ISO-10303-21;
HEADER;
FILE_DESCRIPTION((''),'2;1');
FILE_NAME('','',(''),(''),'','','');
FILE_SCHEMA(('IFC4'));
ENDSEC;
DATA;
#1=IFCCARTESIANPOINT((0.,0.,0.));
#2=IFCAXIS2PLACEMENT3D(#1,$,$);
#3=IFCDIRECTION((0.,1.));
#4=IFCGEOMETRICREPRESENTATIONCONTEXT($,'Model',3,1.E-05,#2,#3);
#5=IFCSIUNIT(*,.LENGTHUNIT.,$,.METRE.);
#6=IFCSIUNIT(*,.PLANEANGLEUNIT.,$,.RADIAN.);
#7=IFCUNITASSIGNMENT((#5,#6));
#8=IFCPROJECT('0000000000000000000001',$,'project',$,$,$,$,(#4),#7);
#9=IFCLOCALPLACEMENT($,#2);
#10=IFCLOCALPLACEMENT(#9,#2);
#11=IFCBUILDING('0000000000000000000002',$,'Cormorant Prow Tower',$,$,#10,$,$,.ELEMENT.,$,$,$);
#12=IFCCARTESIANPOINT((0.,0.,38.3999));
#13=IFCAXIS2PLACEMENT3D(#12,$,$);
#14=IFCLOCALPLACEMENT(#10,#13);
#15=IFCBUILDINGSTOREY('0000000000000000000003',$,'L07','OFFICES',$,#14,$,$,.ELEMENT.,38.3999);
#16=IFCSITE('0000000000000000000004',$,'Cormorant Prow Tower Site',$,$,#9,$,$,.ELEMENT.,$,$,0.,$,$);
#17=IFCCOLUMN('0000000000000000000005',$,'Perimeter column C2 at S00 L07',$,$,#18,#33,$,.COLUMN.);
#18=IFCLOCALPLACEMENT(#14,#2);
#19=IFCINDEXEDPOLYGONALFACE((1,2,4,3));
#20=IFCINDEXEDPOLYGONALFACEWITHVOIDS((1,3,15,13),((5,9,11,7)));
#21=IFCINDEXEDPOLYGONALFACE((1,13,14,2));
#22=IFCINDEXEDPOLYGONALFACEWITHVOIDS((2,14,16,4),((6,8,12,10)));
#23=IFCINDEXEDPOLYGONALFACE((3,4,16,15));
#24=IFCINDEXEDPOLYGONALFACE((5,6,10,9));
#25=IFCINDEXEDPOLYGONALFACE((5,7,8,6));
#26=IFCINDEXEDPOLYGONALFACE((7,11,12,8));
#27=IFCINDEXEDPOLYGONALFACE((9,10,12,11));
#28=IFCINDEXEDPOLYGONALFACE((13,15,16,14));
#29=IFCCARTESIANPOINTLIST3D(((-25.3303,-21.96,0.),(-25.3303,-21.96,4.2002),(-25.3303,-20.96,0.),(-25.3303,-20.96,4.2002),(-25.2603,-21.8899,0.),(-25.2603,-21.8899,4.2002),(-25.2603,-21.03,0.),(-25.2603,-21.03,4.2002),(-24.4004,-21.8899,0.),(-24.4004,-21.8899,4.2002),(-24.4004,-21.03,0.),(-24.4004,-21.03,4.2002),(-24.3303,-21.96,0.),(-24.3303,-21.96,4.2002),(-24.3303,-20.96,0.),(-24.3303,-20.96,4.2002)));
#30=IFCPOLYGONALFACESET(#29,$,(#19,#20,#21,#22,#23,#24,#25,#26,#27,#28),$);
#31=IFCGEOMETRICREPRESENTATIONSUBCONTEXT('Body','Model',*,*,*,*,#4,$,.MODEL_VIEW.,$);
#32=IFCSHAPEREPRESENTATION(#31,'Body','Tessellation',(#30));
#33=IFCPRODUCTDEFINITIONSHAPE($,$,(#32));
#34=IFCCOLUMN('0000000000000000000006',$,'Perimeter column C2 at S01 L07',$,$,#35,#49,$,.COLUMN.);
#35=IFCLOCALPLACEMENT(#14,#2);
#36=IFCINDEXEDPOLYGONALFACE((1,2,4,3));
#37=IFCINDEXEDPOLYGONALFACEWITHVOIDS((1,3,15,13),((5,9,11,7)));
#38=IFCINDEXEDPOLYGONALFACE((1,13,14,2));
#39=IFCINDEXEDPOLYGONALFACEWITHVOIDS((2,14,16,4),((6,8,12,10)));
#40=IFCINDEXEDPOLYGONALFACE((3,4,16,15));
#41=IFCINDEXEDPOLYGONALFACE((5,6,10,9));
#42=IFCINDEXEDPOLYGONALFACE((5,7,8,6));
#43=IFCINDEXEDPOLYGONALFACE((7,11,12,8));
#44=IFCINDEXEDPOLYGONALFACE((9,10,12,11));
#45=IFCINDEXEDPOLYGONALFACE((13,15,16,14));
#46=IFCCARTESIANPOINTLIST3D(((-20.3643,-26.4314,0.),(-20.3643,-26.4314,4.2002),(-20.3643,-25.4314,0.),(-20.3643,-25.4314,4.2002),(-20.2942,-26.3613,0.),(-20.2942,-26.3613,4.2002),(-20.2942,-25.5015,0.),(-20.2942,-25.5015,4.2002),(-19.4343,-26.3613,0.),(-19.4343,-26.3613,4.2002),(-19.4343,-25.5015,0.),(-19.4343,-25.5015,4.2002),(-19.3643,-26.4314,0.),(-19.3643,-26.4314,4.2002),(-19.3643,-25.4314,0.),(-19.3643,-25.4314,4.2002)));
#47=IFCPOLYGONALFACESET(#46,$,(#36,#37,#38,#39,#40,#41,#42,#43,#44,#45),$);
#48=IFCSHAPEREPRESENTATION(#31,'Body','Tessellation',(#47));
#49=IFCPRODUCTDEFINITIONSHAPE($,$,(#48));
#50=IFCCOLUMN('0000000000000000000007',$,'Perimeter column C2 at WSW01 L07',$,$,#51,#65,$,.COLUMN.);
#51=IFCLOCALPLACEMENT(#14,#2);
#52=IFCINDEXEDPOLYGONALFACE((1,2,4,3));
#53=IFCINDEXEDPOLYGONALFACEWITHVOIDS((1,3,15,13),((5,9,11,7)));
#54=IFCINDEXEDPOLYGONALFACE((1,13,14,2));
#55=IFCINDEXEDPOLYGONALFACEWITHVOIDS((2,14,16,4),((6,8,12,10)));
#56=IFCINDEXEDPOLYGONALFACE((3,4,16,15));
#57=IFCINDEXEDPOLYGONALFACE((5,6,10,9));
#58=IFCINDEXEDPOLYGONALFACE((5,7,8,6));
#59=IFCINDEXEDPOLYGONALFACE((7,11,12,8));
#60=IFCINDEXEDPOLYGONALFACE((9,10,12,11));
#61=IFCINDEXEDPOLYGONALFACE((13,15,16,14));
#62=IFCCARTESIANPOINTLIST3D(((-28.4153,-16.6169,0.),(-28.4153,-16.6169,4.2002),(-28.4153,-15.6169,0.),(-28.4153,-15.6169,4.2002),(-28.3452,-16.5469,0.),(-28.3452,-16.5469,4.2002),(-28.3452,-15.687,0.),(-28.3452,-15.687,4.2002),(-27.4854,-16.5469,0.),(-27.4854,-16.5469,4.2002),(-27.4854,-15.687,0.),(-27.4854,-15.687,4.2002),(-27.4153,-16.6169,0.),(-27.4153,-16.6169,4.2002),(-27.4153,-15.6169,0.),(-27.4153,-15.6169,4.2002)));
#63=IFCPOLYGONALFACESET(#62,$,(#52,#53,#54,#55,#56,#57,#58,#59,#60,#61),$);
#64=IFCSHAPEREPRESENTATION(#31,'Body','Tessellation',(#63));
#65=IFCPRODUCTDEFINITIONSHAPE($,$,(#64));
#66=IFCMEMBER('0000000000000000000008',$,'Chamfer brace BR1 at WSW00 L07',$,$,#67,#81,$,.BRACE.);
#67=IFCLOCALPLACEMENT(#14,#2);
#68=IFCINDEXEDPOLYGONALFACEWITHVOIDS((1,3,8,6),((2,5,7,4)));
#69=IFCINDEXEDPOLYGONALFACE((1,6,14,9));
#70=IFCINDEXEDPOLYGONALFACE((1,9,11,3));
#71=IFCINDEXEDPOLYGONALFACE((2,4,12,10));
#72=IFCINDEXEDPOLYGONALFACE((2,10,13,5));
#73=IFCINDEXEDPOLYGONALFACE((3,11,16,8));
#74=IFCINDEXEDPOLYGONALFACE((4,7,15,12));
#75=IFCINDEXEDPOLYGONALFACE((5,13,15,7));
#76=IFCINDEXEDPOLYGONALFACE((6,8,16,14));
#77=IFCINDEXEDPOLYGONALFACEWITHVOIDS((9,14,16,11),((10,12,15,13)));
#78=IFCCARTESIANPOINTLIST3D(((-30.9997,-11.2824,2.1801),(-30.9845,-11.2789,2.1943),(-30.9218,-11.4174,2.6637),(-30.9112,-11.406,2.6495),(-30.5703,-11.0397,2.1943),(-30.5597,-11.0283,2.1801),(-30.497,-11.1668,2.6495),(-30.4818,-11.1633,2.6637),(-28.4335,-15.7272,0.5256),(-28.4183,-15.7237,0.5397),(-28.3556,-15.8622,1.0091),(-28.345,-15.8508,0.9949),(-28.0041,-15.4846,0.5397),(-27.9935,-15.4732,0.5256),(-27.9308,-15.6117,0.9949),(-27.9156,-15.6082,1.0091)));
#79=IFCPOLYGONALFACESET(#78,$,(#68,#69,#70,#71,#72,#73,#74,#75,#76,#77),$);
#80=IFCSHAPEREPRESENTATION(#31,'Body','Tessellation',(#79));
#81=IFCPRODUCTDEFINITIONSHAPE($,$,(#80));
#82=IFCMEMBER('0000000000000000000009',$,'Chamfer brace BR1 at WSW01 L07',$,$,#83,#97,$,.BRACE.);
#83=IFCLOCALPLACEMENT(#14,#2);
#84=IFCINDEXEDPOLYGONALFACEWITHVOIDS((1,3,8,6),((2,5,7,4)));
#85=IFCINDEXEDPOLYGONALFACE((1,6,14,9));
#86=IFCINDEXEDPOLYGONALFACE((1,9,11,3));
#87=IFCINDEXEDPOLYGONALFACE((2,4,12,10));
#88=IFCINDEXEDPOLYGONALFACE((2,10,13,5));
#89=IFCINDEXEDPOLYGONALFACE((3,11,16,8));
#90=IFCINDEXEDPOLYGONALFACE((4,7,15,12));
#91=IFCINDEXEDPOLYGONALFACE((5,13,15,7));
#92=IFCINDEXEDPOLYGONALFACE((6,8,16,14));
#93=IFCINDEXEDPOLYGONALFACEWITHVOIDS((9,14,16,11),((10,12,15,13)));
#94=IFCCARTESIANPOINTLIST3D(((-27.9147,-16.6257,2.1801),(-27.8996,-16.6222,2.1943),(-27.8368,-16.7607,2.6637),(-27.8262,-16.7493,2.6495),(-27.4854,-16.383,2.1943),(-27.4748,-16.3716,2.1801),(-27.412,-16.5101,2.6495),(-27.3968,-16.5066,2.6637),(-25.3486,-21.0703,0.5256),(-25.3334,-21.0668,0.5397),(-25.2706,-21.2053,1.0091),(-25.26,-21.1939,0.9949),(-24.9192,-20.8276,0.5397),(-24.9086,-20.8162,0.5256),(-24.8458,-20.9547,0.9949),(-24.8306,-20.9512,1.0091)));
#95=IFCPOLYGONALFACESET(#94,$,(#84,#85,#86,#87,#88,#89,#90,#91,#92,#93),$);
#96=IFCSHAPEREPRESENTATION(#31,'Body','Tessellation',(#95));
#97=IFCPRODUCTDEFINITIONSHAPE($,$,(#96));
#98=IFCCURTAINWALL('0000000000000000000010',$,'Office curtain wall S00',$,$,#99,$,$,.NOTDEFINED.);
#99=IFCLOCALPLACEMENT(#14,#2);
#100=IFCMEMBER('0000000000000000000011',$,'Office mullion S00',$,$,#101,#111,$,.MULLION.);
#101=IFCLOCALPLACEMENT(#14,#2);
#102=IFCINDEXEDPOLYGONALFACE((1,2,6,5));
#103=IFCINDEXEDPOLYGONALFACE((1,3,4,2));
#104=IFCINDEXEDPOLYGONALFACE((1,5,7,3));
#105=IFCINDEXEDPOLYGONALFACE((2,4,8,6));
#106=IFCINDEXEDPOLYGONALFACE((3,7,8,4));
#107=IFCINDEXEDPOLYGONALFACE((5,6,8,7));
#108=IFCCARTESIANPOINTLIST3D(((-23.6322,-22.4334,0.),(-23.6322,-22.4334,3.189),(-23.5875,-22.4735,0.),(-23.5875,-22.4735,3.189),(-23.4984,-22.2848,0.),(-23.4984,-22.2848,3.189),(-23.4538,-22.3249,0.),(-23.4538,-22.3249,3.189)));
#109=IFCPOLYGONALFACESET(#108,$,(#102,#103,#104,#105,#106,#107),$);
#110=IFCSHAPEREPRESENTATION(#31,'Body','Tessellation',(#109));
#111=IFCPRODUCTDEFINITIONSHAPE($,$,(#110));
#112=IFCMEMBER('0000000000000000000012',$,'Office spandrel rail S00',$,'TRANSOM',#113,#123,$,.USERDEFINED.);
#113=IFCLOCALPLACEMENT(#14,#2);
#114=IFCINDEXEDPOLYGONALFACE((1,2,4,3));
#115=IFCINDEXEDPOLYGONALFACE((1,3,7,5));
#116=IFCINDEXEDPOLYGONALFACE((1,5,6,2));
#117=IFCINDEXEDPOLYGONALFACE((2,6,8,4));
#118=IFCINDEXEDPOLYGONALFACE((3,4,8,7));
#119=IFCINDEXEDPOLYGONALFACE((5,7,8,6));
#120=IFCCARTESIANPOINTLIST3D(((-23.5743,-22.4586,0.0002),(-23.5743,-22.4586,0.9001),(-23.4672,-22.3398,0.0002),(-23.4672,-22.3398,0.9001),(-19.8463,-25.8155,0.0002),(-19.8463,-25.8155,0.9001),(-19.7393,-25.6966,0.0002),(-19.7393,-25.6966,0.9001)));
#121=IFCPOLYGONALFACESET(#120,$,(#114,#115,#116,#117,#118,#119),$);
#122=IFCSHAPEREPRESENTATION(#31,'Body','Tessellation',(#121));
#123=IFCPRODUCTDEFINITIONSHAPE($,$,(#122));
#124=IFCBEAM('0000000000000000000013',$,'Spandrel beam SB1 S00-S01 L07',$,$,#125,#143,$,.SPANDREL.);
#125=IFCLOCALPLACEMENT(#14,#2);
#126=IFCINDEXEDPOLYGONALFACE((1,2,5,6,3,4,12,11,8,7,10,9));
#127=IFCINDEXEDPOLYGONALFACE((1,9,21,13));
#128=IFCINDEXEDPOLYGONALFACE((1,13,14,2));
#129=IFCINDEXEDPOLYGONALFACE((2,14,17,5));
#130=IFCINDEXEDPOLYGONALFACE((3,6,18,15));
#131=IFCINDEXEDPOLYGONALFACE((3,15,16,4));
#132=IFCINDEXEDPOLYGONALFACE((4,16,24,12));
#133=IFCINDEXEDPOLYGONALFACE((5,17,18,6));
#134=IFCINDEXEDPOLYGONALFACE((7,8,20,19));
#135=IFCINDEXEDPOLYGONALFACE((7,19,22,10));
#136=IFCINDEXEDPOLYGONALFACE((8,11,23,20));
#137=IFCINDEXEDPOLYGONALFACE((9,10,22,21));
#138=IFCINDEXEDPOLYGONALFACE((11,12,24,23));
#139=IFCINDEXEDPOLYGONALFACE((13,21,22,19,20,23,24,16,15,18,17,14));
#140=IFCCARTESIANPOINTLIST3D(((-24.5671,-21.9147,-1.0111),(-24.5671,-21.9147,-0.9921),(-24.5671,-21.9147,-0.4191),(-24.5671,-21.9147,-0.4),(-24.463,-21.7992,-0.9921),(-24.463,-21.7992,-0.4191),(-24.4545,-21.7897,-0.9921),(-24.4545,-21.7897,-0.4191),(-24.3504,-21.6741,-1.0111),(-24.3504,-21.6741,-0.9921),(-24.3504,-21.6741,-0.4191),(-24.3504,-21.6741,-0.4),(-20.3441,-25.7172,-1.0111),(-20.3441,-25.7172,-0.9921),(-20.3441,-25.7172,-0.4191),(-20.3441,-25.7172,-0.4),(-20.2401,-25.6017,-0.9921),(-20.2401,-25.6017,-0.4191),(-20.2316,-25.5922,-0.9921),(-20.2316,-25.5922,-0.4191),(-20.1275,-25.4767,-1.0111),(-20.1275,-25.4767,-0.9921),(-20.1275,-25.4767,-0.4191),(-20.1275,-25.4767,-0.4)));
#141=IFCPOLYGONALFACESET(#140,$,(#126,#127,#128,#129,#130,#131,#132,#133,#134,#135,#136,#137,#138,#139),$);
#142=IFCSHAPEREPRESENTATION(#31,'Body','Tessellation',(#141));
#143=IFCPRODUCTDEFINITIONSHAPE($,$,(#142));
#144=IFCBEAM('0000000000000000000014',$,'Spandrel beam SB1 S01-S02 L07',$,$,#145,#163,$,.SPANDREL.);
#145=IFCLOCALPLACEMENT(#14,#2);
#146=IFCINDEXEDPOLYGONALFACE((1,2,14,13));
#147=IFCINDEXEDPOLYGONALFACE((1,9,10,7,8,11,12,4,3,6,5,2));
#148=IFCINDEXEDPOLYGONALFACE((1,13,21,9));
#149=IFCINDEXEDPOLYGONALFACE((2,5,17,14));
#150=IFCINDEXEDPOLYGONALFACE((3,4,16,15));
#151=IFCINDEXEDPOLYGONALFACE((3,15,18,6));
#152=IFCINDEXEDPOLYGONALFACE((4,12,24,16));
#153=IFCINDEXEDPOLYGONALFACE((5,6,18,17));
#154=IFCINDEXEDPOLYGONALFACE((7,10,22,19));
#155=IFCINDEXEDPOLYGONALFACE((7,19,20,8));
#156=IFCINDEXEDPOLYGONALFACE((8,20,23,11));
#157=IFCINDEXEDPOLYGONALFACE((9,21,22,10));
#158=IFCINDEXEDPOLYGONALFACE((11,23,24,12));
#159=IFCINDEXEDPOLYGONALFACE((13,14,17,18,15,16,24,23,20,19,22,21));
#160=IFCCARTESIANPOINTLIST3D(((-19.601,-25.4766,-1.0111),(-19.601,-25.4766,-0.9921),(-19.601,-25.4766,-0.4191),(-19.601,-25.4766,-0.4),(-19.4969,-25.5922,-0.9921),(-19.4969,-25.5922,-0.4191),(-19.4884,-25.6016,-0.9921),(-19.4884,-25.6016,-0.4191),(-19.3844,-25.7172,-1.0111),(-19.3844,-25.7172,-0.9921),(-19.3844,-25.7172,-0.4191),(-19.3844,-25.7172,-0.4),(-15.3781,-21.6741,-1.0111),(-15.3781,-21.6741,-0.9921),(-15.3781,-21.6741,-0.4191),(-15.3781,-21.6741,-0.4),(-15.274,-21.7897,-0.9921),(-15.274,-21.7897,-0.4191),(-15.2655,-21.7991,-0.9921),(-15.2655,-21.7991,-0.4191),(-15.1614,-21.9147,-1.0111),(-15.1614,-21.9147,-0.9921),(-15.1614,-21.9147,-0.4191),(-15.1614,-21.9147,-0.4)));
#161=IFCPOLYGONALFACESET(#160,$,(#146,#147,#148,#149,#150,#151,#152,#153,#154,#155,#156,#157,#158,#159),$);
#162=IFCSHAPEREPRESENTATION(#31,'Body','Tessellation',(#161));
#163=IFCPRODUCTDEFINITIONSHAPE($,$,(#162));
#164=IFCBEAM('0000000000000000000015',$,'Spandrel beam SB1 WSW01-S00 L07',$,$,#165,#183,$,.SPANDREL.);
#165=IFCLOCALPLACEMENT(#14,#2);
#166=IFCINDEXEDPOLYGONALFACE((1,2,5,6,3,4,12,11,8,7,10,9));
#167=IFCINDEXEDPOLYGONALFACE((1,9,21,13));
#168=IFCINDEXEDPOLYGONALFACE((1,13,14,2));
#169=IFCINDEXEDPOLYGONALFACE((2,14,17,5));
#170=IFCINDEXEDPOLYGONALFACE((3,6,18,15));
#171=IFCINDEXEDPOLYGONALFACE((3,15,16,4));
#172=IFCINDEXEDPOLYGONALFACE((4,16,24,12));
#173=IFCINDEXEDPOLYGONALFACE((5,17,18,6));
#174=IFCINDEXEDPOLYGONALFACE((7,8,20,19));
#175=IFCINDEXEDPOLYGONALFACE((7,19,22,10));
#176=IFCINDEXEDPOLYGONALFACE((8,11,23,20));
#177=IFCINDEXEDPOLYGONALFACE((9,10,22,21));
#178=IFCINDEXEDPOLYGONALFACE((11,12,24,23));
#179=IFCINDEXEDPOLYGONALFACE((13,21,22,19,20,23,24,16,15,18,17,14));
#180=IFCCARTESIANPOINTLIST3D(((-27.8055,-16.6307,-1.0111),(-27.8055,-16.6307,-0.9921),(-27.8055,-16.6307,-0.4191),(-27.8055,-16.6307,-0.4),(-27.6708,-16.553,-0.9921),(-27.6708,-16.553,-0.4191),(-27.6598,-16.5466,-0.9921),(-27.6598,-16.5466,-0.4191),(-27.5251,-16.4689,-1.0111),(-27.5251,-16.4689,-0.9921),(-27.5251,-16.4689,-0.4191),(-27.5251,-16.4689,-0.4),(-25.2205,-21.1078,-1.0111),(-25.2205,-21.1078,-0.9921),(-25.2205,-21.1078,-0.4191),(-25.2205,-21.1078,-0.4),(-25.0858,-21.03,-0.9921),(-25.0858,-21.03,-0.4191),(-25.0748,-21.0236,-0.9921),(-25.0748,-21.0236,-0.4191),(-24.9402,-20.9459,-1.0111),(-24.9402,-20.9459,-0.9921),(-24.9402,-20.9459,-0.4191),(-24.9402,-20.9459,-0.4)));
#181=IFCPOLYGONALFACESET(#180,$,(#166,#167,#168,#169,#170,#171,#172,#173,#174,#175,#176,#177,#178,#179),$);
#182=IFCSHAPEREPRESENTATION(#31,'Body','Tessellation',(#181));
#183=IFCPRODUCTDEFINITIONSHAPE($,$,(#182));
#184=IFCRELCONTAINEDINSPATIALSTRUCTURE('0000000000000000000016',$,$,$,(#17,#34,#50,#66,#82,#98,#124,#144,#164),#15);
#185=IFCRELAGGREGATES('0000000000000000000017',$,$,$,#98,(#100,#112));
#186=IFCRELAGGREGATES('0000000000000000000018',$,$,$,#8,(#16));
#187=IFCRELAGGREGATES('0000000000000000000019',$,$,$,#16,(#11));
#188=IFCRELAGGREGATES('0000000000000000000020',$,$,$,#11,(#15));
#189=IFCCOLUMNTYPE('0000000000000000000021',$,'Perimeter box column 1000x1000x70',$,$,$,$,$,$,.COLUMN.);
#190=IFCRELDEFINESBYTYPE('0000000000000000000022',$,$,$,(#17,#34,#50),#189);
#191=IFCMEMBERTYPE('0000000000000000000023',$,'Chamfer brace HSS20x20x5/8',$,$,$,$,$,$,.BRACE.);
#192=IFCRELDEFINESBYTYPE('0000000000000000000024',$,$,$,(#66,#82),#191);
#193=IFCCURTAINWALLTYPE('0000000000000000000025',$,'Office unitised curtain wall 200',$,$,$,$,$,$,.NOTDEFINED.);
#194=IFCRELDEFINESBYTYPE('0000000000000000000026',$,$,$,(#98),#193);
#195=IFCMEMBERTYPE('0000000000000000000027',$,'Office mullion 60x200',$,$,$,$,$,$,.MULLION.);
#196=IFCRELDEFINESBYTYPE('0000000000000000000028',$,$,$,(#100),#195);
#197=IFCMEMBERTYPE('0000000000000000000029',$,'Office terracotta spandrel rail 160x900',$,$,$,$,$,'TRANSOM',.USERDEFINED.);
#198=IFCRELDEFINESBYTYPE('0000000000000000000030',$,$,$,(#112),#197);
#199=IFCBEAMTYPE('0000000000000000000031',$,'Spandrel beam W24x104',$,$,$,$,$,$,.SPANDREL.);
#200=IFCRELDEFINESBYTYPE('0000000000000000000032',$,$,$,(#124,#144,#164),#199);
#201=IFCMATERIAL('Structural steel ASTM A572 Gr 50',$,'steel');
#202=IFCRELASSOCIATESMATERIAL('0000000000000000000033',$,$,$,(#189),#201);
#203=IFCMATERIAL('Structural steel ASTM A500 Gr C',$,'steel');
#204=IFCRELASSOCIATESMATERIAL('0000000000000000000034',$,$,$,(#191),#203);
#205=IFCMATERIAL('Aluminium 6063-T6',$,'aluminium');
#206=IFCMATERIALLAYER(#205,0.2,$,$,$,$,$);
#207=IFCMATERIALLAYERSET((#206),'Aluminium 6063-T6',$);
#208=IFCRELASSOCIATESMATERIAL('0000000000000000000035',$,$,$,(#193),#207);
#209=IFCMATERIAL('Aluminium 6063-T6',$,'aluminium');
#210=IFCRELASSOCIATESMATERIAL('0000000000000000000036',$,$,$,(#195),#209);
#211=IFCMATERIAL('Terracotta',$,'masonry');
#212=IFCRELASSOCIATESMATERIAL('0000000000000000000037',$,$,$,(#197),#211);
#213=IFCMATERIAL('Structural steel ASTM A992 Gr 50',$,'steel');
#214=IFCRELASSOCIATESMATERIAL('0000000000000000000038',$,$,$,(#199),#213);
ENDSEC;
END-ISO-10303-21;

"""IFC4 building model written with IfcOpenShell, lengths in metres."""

from ifc_helpers import new_model, si_unit, direction, frame, origin, origin_2d, place, context, subcontext, project, spatial, rectangle, hollow_rectangle, i_section, extrude, material, layer, layer_set, material_profile, profile_set, type_object, element, aggregate, save


model = new_model("IFC4")

# Units and contexts
model_context = context("Model", 3, precision=1e-05, world=origin(), true_north=direction((0.0, 1.0)))
body_context = subcontext(model_context, "Body", "Model", "MODEL_VIEW")
ifc_project = project(units=[si_unit("LENGTHUNIT", "METRE"), si_unit("PLANEANGLEUNIT", "RADIAN")], contexts=[model_context])

# Site, building, storey
site_placement = place(None, origin())
site = spatial("IfcSite", under=ifc_project, at=site_placement, Name="Cormorant Prow Tower Site", CompositionType="ELEMENT", RefElevation=0.0)
building_placement = place(site_placement, origin())
building = spatial("IfcBuilding", under=site, at=building_placement, Name="Cormorant Prow Tower", CompositionType="ELEMENT")
storey_placement = place(building_placement, frame((0.0, 0.0, 38.3999)))
storey = spatial("IfcBuildingStorey", under=building, at=storey_placement, Name="L07", Description="OFFICES", CompositionType="ELEMENT", Elevation=38.3999)

# Columns
ifc_material_1 = material(Name="Structural steel ASTM A572 Gr 50", Category="steel")
ifc_material_profile_1 = material_profile(ifc_material_1, hollow_rectangle(XDim=1.0, YDim=1.0, WallThickness=0.0701, at=origin_2d()), Name="Box 1000x1000x70")
ifc_profile_set_1 = profile_set([ifc_material_profile_1], Name="Structural steel ASTM A572 Gr 50")
column_type = type_object("IfcColumnType", Name="Perimeter box column 1000x1000x70", PredefinedType="COLUMN", material=ifc_profile_set_1)
for number, where, z_axis, x_axis, name in (
    (1, (-24.8303, -21.46, 0.0), (0.0, 0.0, 1.0), (1.0, 0.0, 0.0), "Perimeter column C2 at S00 L07"),
    (2, (-19.8643, -25.9314, 0.0), (0.0, 0.0, 1.0), (1.0, 0.0, 0.0), "Perimeter column C2 at S01 L07"),
    (3, (-27.9153, -16.1169, 0.0), (0.0, 0.0, 1.0), (1.0, 0.0, 0.0), "Perimeter column C2 at WSW01 L07"),
):
    element("IfcColumn", number, at=place(storey_placement, frame(where, z_axis=z_axis, x_axis=x_axis)), inside=storey, type_object=column_type, Name=name, PredefinedType="COLUMN", context=body_context, shape_type="SweptSolid", body=[
        extrude(hollow_rectangle(XDim=1.0, YDim=1.0, WallThickness=0.0701, at=origin_2d()), origin(), (0.0, 0.0, 1.0), 4.2002),
    ])

# Members
ifc_material_2 = material(Name="Structural steel ASTM A500 Gr C", Category="steel")
ifc_material_profile_2 = material_profile(ifc_material_2, hollow_rectangle(XDim=0.5081, YDim=0.5081, WallThickness=0.0149, at=origin_2d()), Name="HSS20x20x5/8")
ifc_profile_set_2 = profile_set([ifc_material_profile_2], Name="Structural steel ASTM A500 Gr C")
member_type_1 = type_object("IfcMemberType", Name="Chamfer brace HSS20x20x5/8", PredefinedType="BRACE", material=ifc_profile_set_2)
member_1_placement = place(storey_placement, frame((-28.1746, -15.6677, 0.7673), z_axis=(-0.475875, 0.824259, 0.306822), x_axis=(-0.86603, -0.499991, 0.0)))
element("IfcMember", 4, at=member_1_placement, inside=storey, type_object=member_type_1, Name="Chamfer brace BR1 at WSW00 L07", PredefinedType="BRACE", context=body_context, shape_type="SweptSolid", body=[
    extrude(hollow_rectangle(XDim=0.5081, YDim=0.5081, WallThickness=0.0149, at=origin_2d()), origin(), (0.0, 0.0, 1.0), 5.3926),
])
member_2_placement = place(storey_placement, frame((-25.0896, -21.0107, 0.7673), z_axis=(-0.475893, 0.824244, 0.306834), x_axis=(-0.866018, -0.500012, 0.0)))
element("IfcMember", 5, at=member_2_placement, inside=storey, type_object=member_type_1, Name="Chamfer brace BR1 at WSW01 L07", PredefinedType="BRACE", context=body_context, shape_type="SweptSolid", body=[
    extrude(hollow_rectangle(XDim=0.5081, YDim=0.5081, WallThickness=0.0149, at=origin_2d()), origin(), (0.0, 0.0, 1.0), 5.3923),
])

# Curtain wall, members
ifc_material_3 = material(Name="Aluminium 6063-T6", Category="aluminium")
ifc_layer_1 = layer(ifc_material_3, 0.2)
ifc_layer_set_1 = layer_set([ifc_layer_1], Name="Aluminium 6063-T6")
curtain_wall_type = type_object("IfcCurtainWallType", Name="Office unitised curtain wall 200", PredefinedType="NOTDEFINED", material=ifc_layer_set_1)
curtain_wall_placement = place(storey_placement, origin())
curtain_wall = element("IfcCurtainWall", 6, at=curtain_wall_placement, inside=storey, type_object=curtain_wall_type, Name="Office curtain wall S00", PredefinedType="NOTDEFINED")
ifc_material_4 = material(Name="Aluminium 6063-T6", Category="aluminium")
ifc_material_profile_3 = material_profile(ifc_material_4, rectangle(XDim=0.2, YDim=0.0601, at=origin_2d()), Name="Office mullion 60x200")
ifc_profile_set_3 = profile_set([ifc_material_profile_3], Name="Aluminium 6063-T6")
member_type_2 = type_object("IfcMemberType", Name="Office mullion 60x200", PredefinedType="MULLION", material=ifc_profile_set_3)
member_3_placement = place(storey_placement, frame((-23.543, -22.3792, 0.0), z_axis=(0.0, 0.0, 1.0), x_axis=(0.669131, 0.743145, 0.0)))
member_3 = element("IfcMember", 7, at=member_3_placement, type_object=member_type_2, Name="Office mullion S00", PredefinedType="MULLION", context=body_context, shape_type="SweptSolid", body=[
    extrude(rectangle(XDim=0.2, YDim=0.0601, at=origin_2d()), origin(), (0.0, 0.0, 1.0), 3.189),
])
ifc_material_5 = material(Name="Terracotta", Category="masonry")
ifc_material_profile_4 = material_profile(ifc_material_5, rectangle(XDim=0.1599, YDim=0.8999, at=origin_2d()), Name="Office terracotta spandrel rail 160x900")
ifc_profile_set_4 = profile_set([ifc_material_profile_4], Name="Terracotta")
member_type_3 = type_object("IfcMemberType", Name="Office terracotta spandrel rail 160x900", ElementType="TRANSOM", PredefinedType="USERDEFINED", material=ifc_profile_set_4)
member_4_placement = place(storey_placement, frame((-23.5208, -22.3992, 0.4502), z_axis=(0.743125, -0.669153, 0.0), x_axis=(0.669153, 0.743125, 0.0)))
member_4 = element("IfcMember", 8, at=member_4_placement, type_object=member_type_3, Name="Office spandrel rail S00", ObjectType="TRANSOM", PredefinedType="USERDEFINED", context=body_context, shape_type="SweptSolid", body=[
    extrude(rectangle(XDim=0.1599, YDim=0.8999, at=origin_2d()), origin(), (0.0, 0.0, 1.0), 5.0166),
])

# Beams
ifc_material_6 = material(Name="Structural steel ASTM A992 Gr 50", Category="steel")
ifc_material_profile_5 = material_profile(ifc_material_6, i_section(OverallWidth=0.3237, OverallDepth=0.6111, WebThickness=0.0127, FlangeThickness=0.019, at=origin_2d()), Name="W24x104")
ifc_profile_set_5 = profile_set([ifc_material_profile_5], Name="Structural steel ASTM A992 Gr 50")
beam_type = type_object("IfcBeamType", Name="Spandrel beam W24x104", PredefinedType="SPANDREL", material=ifc_profile_set_5)
for number, where, z_axis, x_axis, name in (
    (9, (-24.4587, -21.7944, -0.7056), (0.74313, -0.669147, 0.0), (0.669147, 0.74313, 0.0), "Spandrel beam SB1 S00-S01 L07"),
    (10, (-19.4927, -25.5969, -0.7056), (0.74313, 0.669147, 0.0), (-0.669147, 0.74313, 0.0), "Spandrel beam SB1 S01-S02 L07"),
):
    element("IfcBeam", number, at=place(storey_placement, frame(where, z_axis=z_axis, x_axis=x_axis)), inside=storey, type_object=beam_type, Name=name, PredefinedType="SPANDREL", context=body_context, shape_type="SweptSolid", body=[
        extrude(i_section(OverallWidth=0.3237, OverallDepth=0.6111, WebThickness=0.0127, FlangeThickness=0.019, at=origin_2d()), origin(), (0.0, 0.0, 1.0), 5.6826),
    ])
beam_placement = place(storey_placement, frame((-27.6653, -16.5498, -0.7056), z_axis=(0.50002, -0.866014, 0.0), x_axis=(0.866014, 0.50002, 0.0)))
element("IfcBeam", 11, at=beam_placement, inside=storey, type_object=beam_type, Name="Spandrel beam SB1 WSW01-S00 L07", PredefinedType="SPANDREL", context=body_context, shape_type="SweptSolid", body=[
    extrude(i_section(OverallWidth=0.3237, OverallDepth=0.6111, WebThickness=0.0127, FlangeThickness=0.019, at=origin_2d()), origin(), (0.0, 0.0, 1.0), 5.1697),
])

aggregate(curtain_wall, [member_3, member_4])

save(model, "model.ifc")
